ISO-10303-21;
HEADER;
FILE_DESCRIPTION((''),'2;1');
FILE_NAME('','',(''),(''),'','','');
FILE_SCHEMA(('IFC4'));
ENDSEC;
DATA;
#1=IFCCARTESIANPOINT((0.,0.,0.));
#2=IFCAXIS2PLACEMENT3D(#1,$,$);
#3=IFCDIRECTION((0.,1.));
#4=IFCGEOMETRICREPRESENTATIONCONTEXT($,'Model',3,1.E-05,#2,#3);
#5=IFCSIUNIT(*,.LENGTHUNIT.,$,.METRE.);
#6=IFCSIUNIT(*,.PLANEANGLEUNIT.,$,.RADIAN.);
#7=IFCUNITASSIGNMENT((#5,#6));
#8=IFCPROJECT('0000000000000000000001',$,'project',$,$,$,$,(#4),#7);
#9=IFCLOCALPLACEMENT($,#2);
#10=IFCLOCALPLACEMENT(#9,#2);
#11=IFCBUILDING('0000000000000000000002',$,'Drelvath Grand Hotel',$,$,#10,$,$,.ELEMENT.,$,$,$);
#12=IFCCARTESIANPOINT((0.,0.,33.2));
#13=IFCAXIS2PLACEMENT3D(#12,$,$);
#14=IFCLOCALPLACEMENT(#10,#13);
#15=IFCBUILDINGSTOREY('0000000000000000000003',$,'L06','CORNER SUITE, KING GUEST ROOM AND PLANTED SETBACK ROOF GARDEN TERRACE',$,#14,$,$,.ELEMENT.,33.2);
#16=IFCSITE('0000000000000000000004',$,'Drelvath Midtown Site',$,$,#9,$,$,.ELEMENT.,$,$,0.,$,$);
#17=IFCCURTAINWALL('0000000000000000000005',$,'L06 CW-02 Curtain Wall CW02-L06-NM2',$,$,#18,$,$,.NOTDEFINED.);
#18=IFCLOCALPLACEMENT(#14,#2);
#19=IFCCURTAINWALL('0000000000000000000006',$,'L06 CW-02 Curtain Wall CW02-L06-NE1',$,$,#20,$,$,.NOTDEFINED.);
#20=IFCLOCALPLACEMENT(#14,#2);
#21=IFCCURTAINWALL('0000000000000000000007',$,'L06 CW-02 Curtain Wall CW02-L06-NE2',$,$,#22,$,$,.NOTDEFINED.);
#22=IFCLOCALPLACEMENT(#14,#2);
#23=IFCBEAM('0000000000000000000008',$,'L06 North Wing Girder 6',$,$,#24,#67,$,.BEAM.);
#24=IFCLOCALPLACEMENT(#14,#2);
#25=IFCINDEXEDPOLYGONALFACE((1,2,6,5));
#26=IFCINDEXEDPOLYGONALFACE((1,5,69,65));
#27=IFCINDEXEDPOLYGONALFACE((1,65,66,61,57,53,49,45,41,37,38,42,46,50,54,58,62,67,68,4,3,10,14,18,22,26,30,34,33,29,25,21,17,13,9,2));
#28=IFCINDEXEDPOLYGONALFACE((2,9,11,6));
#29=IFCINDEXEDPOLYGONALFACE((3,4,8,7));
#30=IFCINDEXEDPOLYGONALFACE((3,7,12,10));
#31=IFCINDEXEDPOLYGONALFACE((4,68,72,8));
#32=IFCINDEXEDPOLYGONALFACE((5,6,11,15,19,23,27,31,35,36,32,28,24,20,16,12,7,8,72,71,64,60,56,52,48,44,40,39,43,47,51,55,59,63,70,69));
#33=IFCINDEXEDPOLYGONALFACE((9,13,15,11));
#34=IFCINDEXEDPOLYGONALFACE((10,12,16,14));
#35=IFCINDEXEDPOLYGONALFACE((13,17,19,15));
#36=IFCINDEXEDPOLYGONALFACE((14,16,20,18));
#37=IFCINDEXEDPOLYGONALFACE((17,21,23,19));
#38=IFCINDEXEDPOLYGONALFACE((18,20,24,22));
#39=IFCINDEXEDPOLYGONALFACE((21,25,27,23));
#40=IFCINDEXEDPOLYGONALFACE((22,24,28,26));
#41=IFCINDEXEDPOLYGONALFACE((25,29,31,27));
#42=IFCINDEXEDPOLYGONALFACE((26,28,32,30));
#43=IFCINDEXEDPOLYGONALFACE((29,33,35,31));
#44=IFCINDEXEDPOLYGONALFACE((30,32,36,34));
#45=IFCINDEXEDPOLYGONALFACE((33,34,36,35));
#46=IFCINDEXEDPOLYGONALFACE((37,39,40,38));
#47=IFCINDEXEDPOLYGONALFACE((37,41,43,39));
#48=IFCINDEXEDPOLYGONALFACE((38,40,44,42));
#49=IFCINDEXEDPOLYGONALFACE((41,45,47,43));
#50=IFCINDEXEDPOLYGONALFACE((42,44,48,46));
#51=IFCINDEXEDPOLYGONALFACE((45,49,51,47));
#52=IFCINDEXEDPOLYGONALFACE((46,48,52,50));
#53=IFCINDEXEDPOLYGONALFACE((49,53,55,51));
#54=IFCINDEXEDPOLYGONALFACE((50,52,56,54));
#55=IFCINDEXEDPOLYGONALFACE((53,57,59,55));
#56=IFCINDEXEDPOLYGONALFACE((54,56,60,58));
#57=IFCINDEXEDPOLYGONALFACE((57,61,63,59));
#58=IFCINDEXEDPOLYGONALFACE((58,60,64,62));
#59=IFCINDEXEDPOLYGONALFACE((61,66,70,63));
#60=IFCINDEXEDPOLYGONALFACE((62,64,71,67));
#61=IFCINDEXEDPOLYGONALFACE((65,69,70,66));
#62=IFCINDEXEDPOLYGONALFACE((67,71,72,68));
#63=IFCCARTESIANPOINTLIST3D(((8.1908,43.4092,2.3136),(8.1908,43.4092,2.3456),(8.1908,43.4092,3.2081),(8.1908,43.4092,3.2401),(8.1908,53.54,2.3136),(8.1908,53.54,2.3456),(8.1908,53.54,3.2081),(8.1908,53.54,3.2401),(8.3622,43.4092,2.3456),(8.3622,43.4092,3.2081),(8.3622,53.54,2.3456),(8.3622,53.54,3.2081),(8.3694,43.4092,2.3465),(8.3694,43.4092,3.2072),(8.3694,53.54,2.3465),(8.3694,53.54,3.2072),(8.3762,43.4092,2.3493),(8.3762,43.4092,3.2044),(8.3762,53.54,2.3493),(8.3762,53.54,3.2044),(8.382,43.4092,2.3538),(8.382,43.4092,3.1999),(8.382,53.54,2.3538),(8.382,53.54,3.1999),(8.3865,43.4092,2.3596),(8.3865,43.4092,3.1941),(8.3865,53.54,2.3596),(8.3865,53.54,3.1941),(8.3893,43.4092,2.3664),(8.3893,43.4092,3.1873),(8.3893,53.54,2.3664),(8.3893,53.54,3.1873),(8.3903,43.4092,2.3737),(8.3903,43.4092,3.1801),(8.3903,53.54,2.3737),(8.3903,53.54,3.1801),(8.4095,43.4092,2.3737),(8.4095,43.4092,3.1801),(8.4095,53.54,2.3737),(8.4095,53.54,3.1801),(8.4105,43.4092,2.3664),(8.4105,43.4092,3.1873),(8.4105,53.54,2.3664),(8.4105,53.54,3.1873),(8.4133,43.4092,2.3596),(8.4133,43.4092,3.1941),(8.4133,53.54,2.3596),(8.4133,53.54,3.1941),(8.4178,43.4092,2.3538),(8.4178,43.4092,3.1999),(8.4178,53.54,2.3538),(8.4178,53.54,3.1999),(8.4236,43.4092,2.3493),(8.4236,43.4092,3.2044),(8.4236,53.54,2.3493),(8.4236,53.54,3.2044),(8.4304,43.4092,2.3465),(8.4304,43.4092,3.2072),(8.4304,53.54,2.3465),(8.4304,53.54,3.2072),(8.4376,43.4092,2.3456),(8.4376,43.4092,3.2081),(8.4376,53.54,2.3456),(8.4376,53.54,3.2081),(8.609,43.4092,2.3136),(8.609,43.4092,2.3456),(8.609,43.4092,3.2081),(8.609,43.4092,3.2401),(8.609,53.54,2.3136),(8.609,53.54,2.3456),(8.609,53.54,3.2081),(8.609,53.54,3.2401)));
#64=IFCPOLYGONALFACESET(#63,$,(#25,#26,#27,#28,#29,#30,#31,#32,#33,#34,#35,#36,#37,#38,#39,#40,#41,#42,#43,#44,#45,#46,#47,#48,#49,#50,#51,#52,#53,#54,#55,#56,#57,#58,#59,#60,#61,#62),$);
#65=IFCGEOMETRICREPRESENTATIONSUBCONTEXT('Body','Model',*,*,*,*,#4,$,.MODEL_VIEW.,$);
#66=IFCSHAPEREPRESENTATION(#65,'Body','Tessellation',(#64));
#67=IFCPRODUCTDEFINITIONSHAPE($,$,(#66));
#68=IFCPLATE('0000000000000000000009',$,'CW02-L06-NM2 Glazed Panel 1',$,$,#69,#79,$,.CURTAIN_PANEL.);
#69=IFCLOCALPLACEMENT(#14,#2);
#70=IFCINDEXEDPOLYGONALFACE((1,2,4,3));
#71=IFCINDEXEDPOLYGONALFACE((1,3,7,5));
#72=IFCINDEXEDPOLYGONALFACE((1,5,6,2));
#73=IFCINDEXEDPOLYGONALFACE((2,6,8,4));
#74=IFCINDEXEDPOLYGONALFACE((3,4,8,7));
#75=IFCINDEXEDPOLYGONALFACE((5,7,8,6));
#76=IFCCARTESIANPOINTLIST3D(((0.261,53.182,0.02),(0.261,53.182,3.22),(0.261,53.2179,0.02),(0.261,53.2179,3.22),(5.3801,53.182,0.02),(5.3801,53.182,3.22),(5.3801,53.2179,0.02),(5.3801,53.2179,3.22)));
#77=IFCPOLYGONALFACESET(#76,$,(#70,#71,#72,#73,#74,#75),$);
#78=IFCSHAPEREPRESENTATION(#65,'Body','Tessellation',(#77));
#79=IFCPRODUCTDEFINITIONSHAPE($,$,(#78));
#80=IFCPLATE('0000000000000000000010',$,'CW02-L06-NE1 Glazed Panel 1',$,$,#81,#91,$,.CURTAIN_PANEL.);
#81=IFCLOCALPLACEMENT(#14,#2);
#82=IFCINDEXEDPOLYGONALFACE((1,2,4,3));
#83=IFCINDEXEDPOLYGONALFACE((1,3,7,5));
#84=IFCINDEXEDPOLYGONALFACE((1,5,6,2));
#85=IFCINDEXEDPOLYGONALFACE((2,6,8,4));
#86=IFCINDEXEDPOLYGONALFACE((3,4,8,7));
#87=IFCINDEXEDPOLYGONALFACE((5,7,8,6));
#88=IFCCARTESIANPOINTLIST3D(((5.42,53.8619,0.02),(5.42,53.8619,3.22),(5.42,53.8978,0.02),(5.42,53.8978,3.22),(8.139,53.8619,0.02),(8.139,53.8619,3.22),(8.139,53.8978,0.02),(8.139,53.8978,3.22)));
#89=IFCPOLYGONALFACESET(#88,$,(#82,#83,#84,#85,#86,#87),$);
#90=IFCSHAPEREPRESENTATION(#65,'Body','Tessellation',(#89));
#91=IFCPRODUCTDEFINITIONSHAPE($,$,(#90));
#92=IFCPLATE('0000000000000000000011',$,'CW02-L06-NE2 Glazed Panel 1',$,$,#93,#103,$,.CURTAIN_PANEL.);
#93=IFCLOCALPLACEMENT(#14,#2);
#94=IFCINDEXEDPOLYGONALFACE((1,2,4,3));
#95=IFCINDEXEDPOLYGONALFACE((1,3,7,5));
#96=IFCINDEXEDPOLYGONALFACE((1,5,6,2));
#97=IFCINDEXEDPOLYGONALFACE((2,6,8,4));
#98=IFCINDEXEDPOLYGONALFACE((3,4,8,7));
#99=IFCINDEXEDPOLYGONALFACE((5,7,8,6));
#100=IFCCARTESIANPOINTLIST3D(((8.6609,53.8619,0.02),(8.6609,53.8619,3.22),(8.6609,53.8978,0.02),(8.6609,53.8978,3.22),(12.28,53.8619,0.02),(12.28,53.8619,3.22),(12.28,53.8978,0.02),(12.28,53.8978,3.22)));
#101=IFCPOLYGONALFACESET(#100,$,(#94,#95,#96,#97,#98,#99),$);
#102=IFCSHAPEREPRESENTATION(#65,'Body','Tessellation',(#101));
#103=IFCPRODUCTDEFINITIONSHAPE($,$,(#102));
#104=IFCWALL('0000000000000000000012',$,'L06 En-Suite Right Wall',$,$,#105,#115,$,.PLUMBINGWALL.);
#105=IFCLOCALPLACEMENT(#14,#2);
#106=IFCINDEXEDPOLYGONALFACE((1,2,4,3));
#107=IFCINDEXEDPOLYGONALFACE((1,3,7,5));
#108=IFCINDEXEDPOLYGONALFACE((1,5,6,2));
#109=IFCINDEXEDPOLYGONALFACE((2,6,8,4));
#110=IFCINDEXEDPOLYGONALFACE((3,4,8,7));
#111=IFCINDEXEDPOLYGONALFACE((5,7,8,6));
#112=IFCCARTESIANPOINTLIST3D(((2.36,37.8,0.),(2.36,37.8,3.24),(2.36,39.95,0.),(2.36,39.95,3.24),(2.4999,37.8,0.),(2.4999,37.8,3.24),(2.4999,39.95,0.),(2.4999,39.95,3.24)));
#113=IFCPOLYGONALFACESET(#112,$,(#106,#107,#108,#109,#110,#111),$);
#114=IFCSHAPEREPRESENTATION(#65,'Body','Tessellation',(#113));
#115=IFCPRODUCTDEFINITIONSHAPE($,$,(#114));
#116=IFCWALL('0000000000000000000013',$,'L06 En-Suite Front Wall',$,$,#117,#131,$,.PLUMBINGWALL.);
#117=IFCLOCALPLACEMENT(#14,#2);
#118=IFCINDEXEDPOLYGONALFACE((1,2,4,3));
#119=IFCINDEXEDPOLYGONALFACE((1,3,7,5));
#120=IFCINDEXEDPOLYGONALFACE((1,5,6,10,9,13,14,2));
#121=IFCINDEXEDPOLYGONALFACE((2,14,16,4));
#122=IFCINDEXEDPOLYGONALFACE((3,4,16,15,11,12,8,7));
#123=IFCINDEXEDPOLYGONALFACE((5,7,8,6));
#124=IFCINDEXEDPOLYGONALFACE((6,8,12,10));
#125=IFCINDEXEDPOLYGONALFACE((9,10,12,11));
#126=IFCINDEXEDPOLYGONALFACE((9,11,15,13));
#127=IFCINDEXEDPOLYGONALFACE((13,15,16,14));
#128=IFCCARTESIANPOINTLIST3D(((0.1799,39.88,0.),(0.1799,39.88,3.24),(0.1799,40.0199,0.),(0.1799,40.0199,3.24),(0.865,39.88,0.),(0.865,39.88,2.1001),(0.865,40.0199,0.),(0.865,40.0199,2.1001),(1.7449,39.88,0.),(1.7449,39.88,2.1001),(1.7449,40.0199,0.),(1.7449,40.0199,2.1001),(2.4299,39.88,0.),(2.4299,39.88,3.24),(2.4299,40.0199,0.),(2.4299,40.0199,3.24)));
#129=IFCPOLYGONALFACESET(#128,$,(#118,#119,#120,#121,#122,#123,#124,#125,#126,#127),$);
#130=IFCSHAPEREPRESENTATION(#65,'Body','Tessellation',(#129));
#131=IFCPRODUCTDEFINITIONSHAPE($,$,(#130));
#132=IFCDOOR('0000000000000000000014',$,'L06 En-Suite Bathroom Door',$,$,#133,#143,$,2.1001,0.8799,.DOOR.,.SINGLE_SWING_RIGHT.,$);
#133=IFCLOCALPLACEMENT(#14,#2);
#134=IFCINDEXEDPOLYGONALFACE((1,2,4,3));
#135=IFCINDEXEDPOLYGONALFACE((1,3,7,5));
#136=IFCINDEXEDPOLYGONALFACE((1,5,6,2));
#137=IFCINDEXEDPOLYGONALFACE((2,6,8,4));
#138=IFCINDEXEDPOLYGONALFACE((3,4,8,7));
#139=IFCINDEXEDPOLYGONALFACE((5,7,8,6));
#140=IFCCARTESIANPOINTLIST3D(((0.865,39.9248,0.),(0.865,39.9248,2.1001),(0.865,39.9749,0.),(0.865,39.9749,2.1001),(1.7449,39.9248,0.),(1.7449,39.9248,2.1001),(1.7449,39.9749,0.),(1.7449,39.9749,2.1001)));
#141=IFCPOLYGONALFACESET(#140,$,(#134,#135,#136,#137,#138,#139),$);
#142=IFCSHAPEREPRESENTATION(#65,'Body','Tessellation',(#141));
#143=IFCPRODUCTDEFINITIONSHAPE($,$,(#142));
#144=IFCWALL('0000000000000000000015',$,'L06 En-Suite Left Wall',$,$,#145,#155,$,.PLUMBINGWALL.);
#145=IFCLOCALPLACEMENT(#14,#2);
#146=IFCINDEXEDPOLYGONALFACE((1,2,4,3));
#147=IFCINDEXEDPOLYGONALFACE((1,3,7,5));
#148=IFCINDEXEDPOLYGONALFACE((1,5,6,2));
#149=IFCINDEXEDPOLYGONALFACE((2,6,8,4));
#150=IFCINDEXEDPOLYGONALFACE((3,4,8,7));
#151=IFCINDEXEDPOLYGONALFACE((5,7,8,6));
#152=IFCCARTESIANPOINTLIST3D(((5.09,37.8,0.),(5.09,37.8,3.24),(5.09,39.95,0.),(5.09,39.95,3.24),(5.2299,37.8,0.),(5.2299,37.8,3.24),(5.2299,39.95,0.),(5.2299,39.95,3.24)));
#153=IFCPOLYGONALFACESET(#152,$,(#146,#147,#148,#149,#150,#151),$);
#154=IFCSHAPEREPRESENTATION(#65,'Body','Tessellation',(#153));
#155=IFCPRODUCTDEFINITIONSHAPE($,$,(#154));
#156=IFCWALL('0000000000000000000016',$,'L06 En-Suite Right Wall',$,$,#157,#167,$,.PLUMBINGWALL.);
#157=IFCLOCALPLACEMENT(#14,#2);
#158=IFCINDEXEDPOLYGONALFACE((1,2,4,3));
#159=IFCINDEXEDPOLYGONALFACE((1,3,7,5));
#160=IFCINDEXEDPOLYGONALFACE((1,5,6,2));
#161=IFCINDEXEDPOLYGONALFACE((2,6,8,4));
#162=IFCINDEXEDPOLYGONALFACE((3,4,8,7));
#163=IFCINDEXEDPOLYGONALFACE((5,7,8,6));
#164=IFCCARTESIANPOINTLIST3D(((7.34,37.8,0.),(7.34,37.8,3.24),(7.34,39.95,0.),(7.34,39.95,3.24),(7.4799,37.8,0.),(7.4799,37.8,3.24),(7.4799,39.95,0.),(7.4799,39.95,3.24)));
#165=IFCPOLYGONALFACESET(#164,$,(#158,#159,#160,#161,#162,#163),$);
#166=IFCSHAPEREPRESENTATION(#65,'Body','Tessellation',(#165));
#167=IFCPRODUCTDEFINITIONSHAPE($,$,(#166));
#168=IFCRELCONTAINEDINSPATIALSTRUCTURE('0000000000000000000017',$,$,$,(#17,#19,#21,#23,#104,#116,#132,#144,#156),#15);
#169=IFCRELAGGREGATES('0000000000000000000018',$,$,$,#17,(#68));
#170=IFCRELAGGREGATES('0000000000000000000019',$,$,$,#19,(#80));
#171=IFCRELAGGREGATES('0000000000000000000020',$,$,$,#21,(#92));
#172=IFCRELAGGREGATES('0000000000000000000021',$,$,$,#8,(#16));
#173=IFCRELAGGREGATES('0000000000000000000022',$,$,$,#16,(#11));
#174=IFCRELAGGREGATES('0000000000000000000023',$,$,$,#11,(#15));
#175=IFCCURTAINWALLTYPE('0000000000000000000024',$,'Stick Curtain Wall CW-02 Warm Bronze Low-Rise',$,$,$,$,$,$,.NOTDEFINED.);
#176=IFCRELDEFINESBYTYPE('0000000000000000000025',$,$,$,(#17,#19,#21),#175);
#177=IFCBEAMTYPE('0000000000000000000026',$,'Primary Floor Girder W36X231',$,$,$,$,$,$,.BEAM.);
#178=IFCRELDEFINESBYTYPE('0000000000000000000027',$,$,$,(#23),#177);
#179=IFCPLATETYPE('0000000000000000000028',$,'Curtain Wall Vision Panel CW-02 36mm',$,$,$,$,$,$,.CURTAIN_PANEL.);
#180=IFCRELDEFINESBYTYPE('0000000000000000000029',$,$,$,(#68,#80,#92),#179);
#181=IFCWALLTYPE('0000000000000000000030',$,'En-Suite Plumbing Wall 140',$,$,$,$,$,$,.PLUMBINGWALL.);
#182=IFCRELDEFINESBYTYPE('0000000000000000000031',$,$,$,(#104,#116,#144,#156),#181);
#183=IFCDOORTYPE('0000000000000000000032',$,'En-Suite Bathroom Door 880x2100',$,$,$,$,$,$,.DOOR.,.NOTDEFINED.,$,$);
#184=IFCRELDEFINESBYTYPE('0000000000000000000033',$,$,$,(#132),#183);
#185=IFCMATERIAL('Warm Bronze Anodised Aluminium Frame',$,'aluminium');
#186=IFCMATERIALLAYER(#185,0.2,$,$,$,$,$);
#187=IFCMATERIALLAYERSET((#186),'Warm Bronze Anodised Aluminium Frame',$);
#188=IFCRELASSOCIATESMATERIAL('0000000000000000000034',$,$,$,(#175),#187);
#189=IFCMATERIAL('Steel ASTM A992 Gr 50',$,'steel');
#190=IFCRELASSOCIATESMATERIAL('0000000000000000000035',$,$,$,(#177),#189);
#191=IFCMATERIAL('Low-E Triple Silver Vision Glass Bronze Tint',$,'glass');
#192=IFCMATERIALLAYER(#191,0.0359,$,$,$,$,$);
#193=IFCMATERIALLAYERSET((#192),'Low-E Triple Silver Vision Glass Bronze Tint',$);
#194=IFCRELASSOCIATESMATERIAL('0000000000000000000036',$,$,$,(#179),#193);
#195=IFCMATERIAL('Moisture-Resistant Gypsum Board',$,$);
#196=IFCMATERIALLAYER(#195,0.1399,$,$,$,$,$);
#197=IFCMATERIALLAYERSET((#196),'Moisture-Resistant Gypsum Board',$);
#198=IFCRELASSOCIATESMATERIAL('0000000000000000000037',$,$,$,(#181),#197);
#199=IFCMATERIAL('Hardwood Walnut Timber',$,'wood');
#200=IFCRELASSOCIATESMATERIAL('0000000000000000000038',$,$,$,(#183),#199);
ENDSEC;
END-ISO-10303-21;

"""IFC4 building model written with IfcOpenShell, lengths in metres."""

from ifc_helpers import new_model, si_unit, direction, frame, frame_2d, origin, origin_2d, place, context, subcontext, project, spatial, rectangle, i_section, extrude, material, layer, layer_set, material_profile, profile_set, type_object, element, fill, aggregate, save


model = new_model("IFC4")

# Units and contexts
model_context = context("Model", 3, precision=1e-05, world=origin(), true_north=direction((0.0, 1.0)))
body_context = subcontext(model_context, "Body", "Model", "MODEL_VIEW")
ifc_project = project(units=[si_unit("LENGTHUNIT", "METRE"), si_unit("PLANEANGLEUNIT", "RADIAN")], contexts=[model_context])

# Site, building, storey
site_placement = place(None, origin())
site = spatial("IfcSite", under=ifc_project, at=site_placement, Name="Drelvath Midtown Site", CompositionType="ELEMENT", RefElevation=0.0)
building_placement = place(site_placement, origin())
building = spatial("IfcBuilding", under=site, at=building_placement, Name="Drelvath Grand Hotel", CompositionType="ELEMENT")
storey_placement = place(building_placement, frame((0.0, 0.0, 33.2)))
storey = spatial("IfcBuildingStorey", under=building, at=storey_placement, Name="L06", Description="CORNER SUITE, KING GUEST ROOM AND PLANTED SETBACK ROOF GARDEN TERRACE", CompositionType="ELEMENT", Elevation=33.2)

# Curtain walls
ifc_material_1 = material(Name="Warm Bronze Anodised Aluminium Frame", Category="aluminium")
ifc_layer_1 = layer(ifc_material_1, 0.2)
ifc_layer_set_1 = layer_set([ifc_layer_1], Name="Warm Bronze Anodised Aluminium Frame")
curtain_wall_type = type_object("IfcCurtainWallType", Name="Stick Curtain Wall CW-02 Warm Bronze Low-Rise", PredefinedType="NOTDEFINED", material=ifc_layer_set_1)
curtain_wall_1_placement = place(storey_placement, origin())
curtain_wall_1 = element("IfcCurtainWall", 1, at=curtain_wall_1_placement, inside=storey, type_object=curtain_wall_type, Name="L06 CW-02 Curtain Wall CW02-L06-NM2", PredefinedType="NOTDEFINED")
curtain_wall_2_placement = place(storey_placement, origin())
curtain_wall_2 = element("IfcCurtainWall", 2, at=curtain_wall_2_placement, inside=storey, type_object=curtain_wall_type, Name="L06 CW-02 Curtain Wall CW02-L06-NE1", PredefinedType="NOTDEFINED")
curtain_wall_3_placement = place(storey_placement, origin())
curtain_wall_3 = element("IfcCurtainWall", 3, at=curtain_wall_3_placement, inside=storey, type_object=curtain_wall_type, Name="L06 CW-02 Curtain Wall CW02-L06-NE2", PredefinedType="NOTDEFINED")

# Beam
ifc_material_2 = material(Name="Steel ASTM A992 Gr 50", Category="steel")
ifc_material_profile_1 = material_profile(ifc_material_2, i_section(OverallWidth=0.4182, OverallDepth=0.9265, WebThickness=0.0193, FlangeThickness=0.032, FilletRadius=0.0281, at=origin_2d()), Name="W36X231")
ifc_profile_set_1 = profile_set([ifc_material_profile_1], Name="Steel ASTM A992 Gr 50")
beam_type_1 = type_object("IfcBeamType", Name="Primary Floor Girder W36X231", PredefinedType="BEAM", material=ifc_profile_set_1)
beam_1_placement = place(storey_placement, frame((8.3999, 43.4092, 2.7769), z_axis=(0.0, 1.0, 0.0), x_axis=(-1.0, 0.0, 0.0)))
element("IfcBeam", 4, at=beam_1_placement, inside=storey, type_object=beam_type_1, Name="L06 North Wing Girder 6", PredefinedType="BEAM", context=body_context, shape_type="SweptSolid", body=[
    extrude(i_section(OverallWidth=0.4182, OverallDepth=0.9265, WebThickness=0.0193, FlangeThickness=0.032, FilletRadius=0.0281, at=origin_2d()), origin(), (0.0, 0.0, 1.0), 10.1309),
])

# Plates
ifc_material_3 = material(Name="Low-E Triple Silver Vision Glass Bronze Tint", Category="glass")
ifc_layer_2 = layer(ifc_material_3, 0.0359)
ifc_layer_set_2 = layer_set([ifc_layer_2], Name="Low-E Triple Silver Vision Glass Bronze Tint")
plate_type = type_object("IfcPlateType", Name="Curtain Wall Vision Panel CW-02 36mm", PredefinedType="CURTAIN_PANEL", material=ifc_layer_set_2)
plate_1_placement = place(storey_placement, frame((2.8206, 53.2, 0.02), z_axis=(0.0, 0.0, 1.0), x_axis=(1.0, 0.0, 0.0)))
plate_1 = element("IfcPlate", 5, at=plate_1_placement, type_object=plate_type, Name="CW02-L06-NM2 Glazed Panel 1", PredefinedType="CURTAIN_PANEL", context=body_context, shape_type="SweptSolid", body=[
    extrude(rectangle(XDim=5.1191, YDim=0.0359, at=origin_2d()), origin(), (0.0, 0.0, 1.0), 3.2),
])
aggregate(curtain_wall_1, [plate_1])
plate_2_placement = place(storey_placement, frame((6.7795, 53.8799, 0.02), z_axis=(0.0, 0.0, 1.0), x_axis=(1.0, 0.0, 0.0)))
plate_2 = element("IfcPlate", 6, at=plate_2_placement, type_object=plate_type, Name="CW02-L06-NE1 Glazed Panel 1", PredefinedType="CURTAIN_PANEL", context=body_context, shape_type="SweptSolid", body=[
    extrude(rectangle(XDim=2.719, YDim=0.0359, at=origin_2d()), origin(), (0.0, 0.0, 1.0), 3.2),
])
aggregate(curtain_wall_2, [plate_2])
plate_3_placement = place(storey_placement, frame((10.4705, 53.8799, 0.02), z_axis=(0.0, 0.0, 1.0), x_axis=(1.0, 0.0, 0.0)))
plate_3 = element("IfcPlate", 7, at=plate_3_placement, type_object=plate_type, Name="CW02-L06-NE2 Glazed Panel 1", PredefinedType="CURTAIN_PANEL", context=body_context, shape_type="SweptSolid", body=[
    extrude(rectangle(XDim=3.6191, YDim=0.0359, at=origin_2d()), origin(), (0.0, 0.0, 1.0), 3.2),
])
aggregate(curtain_wall_3, [plate_3])

# Wall
ifc_material_4 = material(Name="Moisture-Resistant Gypsum Board")
ifc_layer_3 = layer(ifc_material_4, 0.1399)
ifc_layer_set_3 = layer_set([ifc_layer_3], Name="Moisture-Resistant Gypsum Board")
wall_type_1 = type_object("IfcWallType", Name="En-Suite Plumbing Wall 140", PredefinedType="PLUMBINGWALL", material=ifc_layer_set_3)
wall_1_placement = place(storey_placement, frame((2.4299, 37.8, 0.0), z_axis=(0.0, 0.0, 1.0), x_axis=(0.0, 1.0, 0.0)))
element("IfcWall", 8, at=wall_1_placement, inside=storey, type_object=wall_type_1, Name="L06 En-Suite Right Wall", PredefinedType="PLUMBINGWALL", context=body_context, shape_type="SweptSolid", body=[
    extrude(rectangle(XDim=2.1499, YDim=0.1399, at=frame_2d((1.075, 0.0))), origin(), (0.0, 0.0, 1.0), 3.24),
])

# Wall, opening, door
wall_2_placement = place(storey_placement, frame((0.1799, 39.95, 0.0), z_axis=(0.0, 0.0, 1.0), x_axis=(1.0, 0.0, 0.0)))
wall_2 = element("IfcWall", 9, at=wall_2_placement, inside=storey, type_object=wall_type_1, Name="L06 En-Suite Front Wall", PredefinedType="PLUMBINGWALL", context=body_context, shape_type="SweptSolid", body=[
    extrude(rectangle(XDim=2.25, YDim=0.1399, at=frame_2d((1.125, 0.0))), origin(), (0.0, 0.0, 1.0), 3.24),
])
opening_1_placement = place(wall_2_placement, frame((0.6851, 0.0, 0.0)))
opening_1 = element("IfcOpeningElement", 10, at=opening_1_placement, cuts=wall_2, PredefinedType="OPENING", context=body_context, shape_type="SweptSolid", body=[
    extrude(rectangle(XDim=0.8799, YDim=2.1001, at=frame_2d((0.4399, 1.05))), frame((0.0, 0.0798, 0.0), z_axis=(0.0, -1.0, 0.0), x_axis=(1.0, 0.0, 0.0)), (0.0, 0.0, 1.0), 0.1599),
])
ifc_material_5 = material(Name="Hardwood Walnut Timber", Category="wood")
door_type = type_object("IfcDoorType", Name="En-Suite Bathroom Door 880x2100", OperationType="NOTDEFINED", PredefinedType="DOOR", material=ifc_material_5)
door_1_placement = place(opening_1_placement, origin())
door_1 = element("IfcDoor", 11, at=door_1_placement, inside=storey, type_object=door_type, Name="L06 En-Suite Bathroom Door", OperationType="SINGLE_SWING_RIGHT", OverallHeight=2.1001, OverallWidth=0.8799, PredefinedType="DOOR", context=body_context, shape_type="SweptSolid", body=[
    extrude(rectangle(XDim=0.8799, YDim=2.1001, at=frame_2d((0.4399, 1.05))), frame((0.0, 0.0249, 0.0), z_axis=(0.0, -1.0, 0.0), x_axis=(1.0, 0.0, 0.0)), (0.0, 0.0, 1.0), 0.05),
])
fill(opening_1, door_1)

# Walls
for number, where, z_axis, x_axis, name in (
    (12, (5.1599, 37.8, 0.0), (0.0, 0.0, 1.0), (0.0, 1.0, 0.0), "L06 En-Suite Left Wall"),
    (13, (7.4099, 37.8, 0.0), (0.0, 0.0, 1.0), (0.0, 1.0, 0.0), "L06 En-Suite Right Wall"),
):
    element("IfcWall", number, at=place(storey_placement, frame(where, z_axis=z_axis, x_axis=x_axis)), inside=storey, type_object=wall_type_1, Name=name, PredefinedType="PLUMBINGWALL", context=body_context, shape_type="SweptSolid", body=[
        extrude(rectangle(XDim=2.1499, YDim=0.1399, at=frame_2d((1.075, 0.0))), origin(), (0.0, 0.0, 1.0), 3.24),
    ])

save(model, "model.ifc")
